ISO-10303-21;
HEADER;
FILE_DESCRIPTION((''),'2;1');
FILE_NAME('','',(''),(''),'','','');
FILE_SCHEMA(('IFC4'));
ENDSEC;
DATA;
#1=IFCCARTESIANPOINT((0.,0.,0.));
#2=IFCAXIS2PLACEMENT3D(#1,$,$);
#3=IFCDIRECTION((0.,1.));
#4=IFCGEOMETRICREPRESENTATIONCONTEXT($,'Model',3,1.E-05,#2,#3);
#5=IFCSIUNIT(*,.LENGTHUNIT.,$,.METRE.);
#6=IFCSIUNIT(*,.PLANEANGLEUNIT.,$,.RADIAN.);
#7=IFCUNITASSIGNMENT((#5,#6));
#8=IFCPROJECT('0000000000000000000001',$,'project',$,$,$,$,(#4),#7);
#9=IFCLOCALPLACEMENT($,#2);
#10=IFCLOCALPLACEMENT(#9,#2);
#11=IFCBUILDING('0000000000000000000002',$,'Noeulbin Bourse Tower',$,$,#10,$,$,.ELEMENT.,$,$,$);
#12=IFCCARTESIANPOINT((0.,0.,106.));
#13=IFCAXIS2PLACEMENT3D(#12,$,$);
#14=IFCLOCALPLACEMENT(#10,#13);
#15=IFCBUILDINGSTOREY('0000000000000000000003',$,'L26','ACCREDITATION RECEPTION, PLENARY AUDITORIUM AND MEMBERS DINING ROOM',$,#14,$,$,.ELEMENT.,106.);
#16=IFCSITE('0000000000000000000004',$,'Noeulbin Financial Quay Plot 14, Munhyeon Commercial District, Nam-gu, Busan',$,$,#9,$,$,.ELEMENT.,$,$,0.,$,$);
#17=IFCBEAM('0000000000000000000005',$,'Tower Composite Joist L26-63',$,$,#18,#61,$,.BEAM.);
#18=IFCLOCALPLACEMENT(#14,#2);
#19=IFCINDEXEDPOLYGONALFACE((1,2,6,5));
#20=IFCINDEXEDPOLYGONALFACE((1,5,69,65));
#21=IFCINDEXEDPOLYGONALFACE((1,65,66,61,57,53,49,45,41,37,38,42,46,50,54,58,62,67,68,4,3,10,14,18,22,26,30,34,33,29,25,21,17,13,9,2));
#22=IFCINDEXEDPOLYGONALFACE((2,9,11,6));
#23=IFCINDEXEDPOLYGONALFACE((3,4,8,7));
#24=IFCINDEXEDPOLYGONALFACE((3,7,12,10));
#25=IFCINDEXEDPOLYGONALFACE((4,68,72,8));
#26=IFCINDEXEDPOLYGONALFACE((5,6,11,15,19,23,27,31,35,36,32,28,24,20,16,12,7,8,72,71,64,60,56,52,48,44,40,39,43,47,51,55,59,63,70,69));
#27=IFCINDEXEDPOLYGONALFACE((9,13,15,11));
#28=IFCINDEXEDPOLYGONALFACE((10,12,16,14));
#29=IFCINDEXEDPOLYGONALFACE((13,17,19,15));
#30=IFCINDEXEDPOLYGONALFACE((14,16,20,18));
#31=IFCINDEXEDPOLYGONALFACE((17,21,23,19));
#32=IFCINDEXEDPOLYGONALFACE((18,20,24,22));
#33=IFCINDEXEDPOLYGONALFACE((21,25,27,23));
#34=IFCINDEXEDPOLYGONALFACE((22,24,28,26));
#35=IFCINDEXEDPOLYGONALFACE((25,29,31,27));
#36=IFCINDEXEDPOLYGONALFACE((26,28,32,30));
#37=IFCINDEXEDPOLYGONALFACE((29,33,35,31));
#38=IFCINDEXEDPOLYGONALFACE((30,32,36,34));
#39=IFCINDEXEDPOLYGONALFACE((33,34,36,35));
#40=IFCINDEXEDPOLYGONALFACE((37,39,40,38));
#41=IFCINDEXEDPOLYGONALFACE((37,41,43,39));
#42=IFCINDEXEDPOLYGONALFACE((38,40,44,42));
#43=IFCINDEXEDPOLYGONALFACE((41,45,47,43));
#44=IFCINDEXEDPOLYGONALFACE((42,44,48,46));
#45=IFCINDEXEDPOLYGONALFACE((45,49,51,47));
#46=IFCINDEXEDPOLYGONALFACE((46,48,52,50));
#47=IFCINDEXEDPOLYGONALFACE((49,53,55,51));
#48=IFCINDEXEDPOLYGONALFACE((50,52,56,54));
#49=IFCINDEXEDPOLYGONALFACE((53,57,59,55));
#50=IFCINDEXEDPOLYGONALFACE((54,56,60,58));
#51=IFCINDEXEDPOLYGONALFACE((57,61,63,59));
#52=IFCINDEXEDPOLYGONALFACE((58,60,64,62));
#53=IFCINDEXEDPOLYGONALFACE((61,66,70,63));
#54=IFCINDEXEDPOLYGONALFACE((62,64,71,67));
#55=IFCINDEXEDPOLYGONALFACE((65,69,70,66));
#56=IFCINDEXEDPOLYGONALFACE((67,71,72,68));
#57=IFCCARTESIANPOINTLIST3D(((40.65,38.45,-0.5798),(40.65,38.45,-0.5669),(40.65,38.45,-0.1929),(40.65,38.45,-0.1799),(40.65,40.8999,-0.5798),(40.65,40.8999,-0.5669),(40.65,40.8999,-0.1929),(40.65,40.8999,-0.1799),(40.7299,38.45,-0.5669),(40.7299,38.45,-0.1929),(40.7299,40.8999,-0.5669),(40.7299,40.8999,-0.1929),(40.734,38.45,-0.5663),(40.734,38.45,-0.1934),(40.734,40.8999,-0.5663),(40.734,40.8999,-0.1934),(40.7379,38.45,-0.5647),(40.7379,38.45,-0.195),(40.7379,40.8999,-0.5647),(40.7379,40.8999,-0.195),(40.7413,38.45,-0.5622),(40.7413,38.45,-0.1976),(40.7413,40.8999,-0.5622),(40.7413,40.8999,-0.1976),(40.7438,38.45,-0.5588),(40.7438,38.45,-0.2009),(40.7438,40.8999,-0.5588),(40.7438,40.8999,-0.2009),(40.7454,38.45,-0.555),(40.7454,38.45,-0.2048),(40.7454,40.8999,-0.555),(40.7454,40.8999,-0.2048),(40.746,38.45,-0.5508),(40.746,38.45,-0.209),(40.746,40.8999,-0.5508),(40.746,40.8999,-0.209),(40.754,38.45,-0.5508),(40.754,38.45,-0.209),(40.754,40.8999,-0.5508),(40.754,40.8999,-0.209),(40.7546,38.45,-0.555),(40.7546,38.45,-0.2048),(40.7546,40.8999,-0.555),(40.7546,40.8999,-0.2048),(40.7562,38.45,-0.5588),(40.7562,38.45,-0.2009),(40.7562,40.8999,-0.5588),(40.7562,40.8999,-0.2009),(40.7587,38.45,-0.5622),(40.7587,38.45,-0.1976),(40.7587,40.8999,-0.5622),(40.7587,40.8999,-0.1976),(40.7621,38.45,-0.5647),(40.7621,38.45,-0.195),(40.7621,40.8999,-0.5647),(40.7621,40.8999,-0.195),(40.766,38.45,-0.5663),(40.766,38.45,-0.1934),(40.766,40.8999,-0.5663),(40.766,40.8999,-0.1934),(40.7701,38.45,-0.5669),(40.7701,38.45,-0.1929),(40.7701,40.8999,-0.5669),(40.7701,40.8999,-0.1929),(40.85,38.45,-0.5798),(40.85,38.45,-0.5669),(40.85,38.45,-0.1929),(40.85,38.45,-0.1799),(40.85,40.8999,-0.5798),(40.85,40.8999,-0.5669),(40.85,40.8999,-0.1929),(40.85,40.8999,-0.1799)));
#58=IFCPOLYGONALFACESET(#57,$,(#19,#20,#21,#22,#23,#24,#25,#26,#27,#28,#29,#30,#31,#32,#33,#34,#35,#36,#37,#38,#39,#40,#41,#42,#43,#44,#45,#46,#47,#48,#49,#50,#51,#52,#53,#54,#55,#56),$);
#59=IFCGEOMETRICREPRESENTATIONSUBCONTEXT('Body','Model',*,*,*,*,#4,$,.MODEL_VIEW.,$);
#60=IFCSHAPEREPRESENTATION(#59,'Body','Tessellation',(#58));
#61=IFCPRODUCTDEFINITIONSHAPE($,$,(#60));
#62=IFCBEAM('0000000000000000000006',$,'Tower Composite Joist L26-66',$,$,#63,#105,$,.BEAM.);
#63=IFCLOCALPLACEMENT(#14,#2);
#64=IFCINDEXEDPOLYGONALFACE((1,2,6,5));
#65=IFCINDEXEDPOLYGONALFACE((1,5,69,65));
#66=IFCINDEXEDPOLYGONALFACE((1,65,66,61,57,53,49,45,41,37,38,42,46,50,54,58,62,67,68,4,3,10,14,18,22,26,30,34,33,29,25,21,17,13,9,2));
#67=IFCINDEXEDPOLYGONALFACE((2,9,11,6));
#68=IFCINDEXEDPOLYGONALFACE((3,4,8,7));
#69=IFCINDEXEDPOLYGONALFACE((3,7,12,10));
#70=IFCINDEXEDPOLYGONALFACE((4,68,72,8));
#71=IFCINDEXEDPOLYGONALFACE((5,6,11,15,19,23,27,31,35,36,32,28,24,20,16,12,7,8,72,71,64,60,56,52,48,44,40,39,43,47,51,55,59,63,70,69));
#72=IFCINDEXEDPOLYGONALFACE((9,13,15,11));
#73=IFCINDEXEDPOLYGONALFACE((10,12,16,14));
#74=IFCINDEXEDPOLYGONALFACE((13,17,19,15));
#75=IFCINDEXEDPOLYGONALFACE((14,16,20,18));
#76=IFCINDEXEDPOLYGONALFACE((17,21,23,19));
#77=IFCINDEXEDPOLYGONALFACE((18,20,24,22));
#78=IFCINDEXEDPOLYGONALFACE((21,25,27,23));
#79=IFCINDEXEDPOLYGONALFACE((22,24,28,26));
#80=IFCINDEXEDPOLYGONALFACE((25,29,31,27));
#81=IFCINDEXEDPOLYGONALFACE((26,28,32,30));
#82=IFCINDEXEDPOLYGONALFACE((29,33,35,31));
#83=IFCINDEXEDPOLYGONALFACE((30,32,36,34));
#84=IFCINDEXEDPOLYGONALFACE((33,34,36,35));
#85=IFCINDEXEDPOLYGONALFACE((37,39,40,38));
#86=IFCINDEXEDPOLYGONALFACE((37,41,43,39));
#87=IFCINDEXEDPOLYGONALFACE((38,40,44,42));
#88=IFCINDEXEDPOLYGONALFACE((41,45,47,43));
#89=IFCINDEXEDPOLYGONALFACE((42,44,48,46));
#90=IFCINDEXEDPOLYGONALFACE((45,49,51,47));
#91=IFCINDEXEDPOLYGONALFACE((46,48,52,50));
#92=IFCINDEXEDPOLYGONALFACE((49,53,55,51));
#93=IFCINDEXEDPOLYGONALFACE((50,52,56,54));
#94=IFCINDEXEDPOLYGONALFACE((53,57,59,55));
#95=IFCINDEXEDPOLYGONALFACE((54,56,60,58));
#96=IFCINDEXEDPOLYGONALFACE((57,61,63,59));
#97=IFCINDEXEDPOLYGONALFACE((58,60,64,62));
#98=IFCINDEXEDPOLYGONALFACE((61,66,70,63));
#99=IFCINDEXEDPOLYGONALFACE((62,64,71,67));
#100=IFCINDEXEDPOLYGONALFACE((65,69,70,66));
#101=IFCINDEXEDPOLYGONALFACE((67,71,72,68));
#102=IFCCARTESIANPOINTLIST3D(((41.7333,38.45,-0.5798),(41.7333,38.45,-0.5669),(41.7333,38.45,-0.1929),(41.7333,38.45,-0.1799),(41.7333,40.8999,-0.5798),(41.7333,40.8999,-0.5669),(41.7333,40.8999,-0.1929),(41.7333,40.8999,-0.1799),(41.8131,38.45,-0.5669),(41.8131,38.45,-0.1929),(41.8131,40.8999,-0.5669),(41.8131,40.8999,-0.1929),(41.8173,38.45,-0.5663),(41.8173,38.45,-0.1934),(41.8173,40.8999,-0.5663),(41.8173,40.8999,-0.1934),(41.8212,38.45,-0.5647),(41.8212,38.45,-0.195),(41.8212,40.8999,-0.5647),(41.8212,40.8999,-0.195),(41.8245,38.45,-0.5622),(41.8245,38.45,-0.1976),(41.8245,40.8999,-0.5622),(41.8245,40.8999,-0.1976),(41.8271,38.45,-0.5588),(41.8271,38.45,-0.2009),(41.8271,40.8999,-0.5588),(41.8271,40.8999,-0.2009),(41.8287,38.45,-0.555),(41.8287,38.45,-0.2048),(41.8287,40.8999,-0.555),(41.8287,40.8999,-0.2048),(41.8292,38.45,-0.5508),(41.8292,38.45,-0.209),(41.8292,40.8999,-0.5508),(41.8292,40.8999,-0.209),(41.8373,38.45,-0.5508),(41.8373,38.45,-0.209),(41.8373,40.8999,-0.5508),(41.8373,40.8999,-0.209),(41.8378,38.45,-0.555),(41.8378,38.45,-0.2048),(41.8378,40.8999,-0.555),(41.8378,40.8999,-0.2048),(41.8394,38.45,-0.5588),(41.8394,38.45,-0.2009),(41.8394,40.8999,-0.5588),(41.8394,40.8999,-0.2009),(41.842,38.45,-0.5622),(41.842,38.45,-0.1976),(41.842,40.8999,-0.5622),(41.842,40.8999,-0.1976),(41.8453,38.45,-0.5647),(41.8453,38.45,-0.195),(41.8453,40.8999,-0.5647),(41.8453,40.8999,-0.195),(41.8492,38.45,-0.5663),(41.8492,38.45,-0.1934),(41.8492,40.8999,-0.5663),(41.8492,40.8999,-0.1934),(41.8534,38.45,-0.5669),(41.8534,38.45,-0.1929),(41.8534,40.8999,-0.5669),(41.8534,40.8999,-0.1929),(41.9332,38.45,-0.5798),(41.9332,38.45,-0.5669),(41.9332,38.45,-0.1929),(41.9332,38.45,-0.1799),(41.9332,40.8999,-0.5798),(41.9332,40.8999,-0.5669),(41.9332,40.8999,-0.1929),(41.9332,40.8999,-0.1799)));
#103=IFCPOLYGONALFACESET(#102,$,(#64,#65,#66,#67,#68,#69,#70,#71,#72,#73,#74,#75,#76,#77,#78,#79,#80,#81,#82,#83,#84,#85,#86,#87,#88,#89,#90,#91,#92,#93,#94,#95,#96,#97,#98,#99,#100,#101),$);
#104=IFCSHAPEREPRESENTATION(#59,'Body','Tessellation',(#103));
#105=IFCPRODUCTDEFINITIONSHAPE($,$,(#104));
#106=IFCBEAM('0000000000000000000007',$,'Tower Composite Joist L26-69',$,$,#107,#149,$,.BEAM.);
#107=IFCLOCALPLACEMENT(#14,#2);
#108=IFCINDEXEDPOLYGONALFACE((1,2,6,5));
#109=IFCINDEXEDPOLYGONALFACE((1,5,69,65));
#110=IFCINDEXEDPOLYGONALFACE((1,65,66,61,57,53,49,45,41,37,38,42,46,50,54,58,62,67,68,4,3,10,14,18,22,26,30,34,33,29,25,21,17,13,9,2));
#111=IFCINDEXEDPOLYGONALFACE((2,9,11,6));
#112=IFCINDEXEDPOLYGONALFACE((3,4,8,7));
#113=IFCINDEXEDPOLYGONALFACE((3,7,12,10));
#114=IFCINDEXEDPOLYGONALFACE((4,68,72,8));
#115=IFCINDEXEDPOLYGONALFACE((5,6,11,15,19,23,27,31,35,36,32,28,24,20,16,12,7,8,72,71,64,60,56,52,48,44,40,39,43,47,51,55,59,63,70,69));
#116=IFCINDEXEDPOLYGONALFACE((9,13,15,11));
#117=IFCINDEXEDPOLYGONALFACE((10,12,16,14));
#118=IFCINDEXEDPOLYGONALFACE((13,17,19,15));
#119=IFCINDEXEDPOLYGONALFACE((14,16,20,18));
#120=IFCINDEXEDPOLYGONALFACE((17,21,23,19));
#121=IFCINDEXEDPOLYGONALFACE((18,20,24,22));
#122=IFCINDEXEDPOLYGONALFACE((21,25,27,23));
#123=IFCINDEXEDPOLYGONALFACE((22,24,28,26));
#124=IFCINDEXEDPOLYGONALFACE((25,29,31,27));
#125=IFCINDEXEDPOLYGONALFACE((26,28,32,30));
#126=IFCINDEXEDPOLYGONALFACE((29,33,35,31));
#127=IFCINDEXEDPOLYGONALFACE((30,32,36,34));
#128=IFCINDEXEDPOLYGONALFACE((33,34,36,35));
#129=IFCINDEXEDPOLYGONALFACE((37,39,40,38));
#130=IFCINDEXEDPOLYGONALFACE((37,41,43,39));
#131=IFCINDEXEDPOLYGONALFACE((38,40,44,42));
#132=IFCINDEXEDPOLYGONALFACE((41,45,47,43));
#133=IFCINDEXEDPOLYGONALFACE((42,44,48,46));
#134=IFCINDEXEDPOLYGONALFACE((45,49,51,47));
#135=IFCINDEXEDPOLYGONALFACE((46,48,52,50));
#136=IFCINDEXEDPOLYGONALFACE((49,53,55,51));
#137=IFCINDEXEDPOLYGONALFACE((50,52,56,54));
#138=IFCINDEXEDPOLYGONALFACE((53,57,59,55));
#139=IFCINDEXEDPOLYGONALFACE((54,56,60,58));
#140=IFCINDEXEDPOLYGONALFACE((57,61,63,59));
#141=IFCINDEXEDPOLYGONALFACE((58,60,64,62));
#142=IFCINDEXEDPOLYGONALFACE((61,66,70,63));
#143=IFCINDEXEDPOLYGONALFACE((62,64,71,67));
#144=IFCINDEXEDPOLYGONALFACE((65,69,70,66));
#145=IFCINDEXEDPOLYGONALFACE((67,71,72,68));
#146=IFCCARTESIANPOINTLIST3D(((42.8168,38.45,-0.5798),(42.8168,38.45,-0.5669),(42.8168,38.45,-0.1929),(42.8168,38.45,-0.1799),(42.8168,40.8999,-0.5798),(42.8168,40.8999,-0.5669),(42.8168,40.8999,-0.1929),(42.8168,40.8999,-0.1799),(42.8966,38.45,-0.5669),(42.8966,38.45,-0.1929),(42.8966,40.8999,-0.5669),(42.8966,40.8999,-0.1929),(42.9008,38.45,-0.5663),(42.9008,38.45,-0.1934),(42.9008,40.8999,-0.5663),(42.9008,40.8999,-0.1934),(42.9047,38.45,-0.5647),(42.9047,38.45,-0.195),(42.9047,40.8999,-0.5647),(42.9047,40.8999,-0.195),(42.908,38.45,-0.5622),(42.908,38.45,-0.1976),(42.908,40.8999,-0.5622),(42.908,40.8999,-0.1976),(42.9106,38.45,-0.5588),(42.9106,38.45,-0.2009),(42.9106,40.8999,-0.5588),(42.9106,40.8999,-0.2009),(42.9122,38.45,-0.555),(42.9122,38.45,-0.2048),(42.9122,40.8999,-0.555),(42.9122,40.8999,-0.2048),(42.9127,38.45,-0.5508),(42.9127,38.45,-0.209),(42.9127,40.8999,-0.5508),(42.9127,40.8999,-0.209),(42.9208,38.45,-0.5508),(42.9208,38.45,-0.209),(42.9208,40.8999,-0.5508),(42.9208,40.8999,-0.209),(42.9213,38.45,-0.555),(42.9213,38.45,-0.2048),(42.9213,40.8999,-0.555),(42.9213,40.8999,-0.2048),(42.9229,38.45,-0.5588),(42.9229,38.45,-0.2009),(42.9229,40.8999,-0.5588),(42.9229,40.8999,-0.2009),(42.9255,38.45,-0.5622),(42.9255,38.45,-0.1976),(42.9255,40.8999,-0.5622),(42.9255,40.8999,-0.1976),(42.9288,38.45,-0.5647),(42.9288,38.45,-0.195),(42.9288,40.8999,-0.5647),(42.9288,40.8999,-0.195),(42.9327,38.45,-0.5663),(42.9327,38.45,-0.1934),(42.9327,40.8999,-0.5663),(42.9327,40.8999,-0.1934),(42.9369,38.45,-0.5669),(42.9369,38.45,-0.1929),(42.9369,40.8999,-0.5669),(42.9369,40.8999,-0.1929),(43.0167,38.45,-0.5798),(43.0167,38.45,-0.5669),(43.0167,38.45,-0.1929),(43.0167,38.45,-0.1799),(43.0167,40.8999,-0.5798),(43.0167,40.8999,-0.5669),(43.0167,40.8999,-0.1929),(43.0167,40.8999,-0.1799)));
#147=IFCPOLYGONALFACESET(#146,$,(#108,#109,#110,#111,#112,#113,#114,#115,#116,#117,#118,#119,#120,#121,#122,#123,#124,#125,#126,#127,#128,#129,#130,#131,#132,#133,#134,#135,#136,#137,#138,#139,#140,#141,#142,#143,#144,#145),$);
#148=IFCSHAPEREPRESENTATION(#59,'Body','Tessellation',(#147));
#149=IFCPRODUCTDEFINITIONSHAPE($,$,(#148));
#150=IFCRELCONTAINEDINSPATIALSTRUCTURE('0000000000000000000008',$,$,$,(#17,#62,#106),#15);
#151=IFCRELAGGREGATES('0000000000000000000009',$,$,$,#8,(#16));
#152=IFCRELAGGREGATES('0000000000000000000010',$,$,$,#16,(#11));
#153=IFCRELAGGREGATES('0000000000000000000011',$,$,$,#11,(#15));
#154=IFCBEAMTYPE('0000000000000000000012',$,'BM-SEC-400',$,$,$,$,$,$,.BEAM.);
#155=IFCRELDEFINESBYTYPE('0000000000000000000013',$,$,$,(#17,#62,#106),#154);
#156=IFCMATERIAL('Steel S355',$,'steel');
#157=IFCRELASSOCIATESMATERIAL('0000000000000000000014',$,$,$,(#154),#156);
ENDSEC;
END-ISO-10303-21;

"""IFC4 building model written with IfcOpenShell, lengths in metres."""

from ifc_helpers import new_model, si_unit, direction, frame, origin, origin_2d, place, context, subcontext, project, spatial, i_section, extrude, material, material_profile, profile_set, type_object, element, save


model = new_model("IFC4")

# Units and contexts
model_context = context("Model", 3, precision=1e-05, world=origin(), true_north=direction((0.0, 1.0)))
body_context = subcontext(model_context, "Body", "Model", "MODEL_VIEW")
ifc_project = project(units=[si_unit("LENGTHUNIT", "METRE"), si_unit("PLANEANGLEUNIT", "RADIAN")], contexts=[model_context])

# Site, building, storey
site_placement = place(None, origin())
site = spatial("IfcSite", under=ifc_project, at=site_placement, Name="Noeulbin Financial Quay Plot 14, Munhyeon Commercial District, Nam-gu, Busan", CompositionType="ELEMENT", RefElevation=0.0)
building_placement = place(site_placement, origin())
building = spatial("IfcBuilding", under=site, at=building_placement, Name="Noeulbin Bourse Tower", CompositionType="ELEMENT")
storey_placement = place(building_placement, frame((0.0, 0.0, 106.0)))
storey = spatial("IfcBuildingStorey", under=building, at=storey_placement, Name="L26", Description="ACCREDITATION RECEPTION, PLENARY AUDITORIUM AND MEMBERS DINING ROOM", CompositionType="ELEMENT", Elevation=106.0)

# Shared definitions
ifc_material_1 = material(Name="Steel S355", Category="steel")

# Beams
ifc_material_profile_1 = material_profile(ifc_material_1, i_section(OverallWidth=0.2, OverallDepth=0.3999, WebThickness=0.0081, FlangeThickness=0.0129, FilletRadius=0.0161, at=origin_2d()), Name="H-400x200x8x13", Category="LoadBearing")
ifc_profile_set_1 = profile_set([ifc_material_profile_1], Name="Steel S355")
beam_type_1 = type_object("IfcBeamType", Name="BM-SEC-400", PredefinedType="BEAM", material=ifc_profile_set_1)
for number, where, z_axis, x_axis, name in (
    (1, (40.75, 38.45, -0.3799), (0.0, 1.0, 0.0), (-1.0, 0.0, 0.0), "Tower Composite Joist L26-63"),
    (2, (41.8333, 38.45, -0.3799), (0.0, 1.0, 0.0), (-1.0, 0.0, 0.0), "Tower Composite Joist L26-66"),
    (3, (42.9167, 38.45, -0.3799), (0.0, 1.0, 0.0), (-1.0, 0.0, 0.0), "Tower Composite Joist L26-69"),
):
    element("IfcBeam", number, at=place(storey_placement, frame(where, z_axis=z_axis, x_axis=x_axis)), inside=storey, type_object=beam_type_1, Name=name, PredefinedType="BEAM", context=body_context, shape_type="SweptSolid", body=[
        extrude(i_section(OverallWidth=0.2, OverallDepth=0.3999, WebThickness=0.0081, FlangeThickness=0.0129, FilletRadius=0.0161, at=origin_2d()), origin(), (0.0, 0.0, 1.0), 2.45),
    ])

save(model, "model.ifc")
